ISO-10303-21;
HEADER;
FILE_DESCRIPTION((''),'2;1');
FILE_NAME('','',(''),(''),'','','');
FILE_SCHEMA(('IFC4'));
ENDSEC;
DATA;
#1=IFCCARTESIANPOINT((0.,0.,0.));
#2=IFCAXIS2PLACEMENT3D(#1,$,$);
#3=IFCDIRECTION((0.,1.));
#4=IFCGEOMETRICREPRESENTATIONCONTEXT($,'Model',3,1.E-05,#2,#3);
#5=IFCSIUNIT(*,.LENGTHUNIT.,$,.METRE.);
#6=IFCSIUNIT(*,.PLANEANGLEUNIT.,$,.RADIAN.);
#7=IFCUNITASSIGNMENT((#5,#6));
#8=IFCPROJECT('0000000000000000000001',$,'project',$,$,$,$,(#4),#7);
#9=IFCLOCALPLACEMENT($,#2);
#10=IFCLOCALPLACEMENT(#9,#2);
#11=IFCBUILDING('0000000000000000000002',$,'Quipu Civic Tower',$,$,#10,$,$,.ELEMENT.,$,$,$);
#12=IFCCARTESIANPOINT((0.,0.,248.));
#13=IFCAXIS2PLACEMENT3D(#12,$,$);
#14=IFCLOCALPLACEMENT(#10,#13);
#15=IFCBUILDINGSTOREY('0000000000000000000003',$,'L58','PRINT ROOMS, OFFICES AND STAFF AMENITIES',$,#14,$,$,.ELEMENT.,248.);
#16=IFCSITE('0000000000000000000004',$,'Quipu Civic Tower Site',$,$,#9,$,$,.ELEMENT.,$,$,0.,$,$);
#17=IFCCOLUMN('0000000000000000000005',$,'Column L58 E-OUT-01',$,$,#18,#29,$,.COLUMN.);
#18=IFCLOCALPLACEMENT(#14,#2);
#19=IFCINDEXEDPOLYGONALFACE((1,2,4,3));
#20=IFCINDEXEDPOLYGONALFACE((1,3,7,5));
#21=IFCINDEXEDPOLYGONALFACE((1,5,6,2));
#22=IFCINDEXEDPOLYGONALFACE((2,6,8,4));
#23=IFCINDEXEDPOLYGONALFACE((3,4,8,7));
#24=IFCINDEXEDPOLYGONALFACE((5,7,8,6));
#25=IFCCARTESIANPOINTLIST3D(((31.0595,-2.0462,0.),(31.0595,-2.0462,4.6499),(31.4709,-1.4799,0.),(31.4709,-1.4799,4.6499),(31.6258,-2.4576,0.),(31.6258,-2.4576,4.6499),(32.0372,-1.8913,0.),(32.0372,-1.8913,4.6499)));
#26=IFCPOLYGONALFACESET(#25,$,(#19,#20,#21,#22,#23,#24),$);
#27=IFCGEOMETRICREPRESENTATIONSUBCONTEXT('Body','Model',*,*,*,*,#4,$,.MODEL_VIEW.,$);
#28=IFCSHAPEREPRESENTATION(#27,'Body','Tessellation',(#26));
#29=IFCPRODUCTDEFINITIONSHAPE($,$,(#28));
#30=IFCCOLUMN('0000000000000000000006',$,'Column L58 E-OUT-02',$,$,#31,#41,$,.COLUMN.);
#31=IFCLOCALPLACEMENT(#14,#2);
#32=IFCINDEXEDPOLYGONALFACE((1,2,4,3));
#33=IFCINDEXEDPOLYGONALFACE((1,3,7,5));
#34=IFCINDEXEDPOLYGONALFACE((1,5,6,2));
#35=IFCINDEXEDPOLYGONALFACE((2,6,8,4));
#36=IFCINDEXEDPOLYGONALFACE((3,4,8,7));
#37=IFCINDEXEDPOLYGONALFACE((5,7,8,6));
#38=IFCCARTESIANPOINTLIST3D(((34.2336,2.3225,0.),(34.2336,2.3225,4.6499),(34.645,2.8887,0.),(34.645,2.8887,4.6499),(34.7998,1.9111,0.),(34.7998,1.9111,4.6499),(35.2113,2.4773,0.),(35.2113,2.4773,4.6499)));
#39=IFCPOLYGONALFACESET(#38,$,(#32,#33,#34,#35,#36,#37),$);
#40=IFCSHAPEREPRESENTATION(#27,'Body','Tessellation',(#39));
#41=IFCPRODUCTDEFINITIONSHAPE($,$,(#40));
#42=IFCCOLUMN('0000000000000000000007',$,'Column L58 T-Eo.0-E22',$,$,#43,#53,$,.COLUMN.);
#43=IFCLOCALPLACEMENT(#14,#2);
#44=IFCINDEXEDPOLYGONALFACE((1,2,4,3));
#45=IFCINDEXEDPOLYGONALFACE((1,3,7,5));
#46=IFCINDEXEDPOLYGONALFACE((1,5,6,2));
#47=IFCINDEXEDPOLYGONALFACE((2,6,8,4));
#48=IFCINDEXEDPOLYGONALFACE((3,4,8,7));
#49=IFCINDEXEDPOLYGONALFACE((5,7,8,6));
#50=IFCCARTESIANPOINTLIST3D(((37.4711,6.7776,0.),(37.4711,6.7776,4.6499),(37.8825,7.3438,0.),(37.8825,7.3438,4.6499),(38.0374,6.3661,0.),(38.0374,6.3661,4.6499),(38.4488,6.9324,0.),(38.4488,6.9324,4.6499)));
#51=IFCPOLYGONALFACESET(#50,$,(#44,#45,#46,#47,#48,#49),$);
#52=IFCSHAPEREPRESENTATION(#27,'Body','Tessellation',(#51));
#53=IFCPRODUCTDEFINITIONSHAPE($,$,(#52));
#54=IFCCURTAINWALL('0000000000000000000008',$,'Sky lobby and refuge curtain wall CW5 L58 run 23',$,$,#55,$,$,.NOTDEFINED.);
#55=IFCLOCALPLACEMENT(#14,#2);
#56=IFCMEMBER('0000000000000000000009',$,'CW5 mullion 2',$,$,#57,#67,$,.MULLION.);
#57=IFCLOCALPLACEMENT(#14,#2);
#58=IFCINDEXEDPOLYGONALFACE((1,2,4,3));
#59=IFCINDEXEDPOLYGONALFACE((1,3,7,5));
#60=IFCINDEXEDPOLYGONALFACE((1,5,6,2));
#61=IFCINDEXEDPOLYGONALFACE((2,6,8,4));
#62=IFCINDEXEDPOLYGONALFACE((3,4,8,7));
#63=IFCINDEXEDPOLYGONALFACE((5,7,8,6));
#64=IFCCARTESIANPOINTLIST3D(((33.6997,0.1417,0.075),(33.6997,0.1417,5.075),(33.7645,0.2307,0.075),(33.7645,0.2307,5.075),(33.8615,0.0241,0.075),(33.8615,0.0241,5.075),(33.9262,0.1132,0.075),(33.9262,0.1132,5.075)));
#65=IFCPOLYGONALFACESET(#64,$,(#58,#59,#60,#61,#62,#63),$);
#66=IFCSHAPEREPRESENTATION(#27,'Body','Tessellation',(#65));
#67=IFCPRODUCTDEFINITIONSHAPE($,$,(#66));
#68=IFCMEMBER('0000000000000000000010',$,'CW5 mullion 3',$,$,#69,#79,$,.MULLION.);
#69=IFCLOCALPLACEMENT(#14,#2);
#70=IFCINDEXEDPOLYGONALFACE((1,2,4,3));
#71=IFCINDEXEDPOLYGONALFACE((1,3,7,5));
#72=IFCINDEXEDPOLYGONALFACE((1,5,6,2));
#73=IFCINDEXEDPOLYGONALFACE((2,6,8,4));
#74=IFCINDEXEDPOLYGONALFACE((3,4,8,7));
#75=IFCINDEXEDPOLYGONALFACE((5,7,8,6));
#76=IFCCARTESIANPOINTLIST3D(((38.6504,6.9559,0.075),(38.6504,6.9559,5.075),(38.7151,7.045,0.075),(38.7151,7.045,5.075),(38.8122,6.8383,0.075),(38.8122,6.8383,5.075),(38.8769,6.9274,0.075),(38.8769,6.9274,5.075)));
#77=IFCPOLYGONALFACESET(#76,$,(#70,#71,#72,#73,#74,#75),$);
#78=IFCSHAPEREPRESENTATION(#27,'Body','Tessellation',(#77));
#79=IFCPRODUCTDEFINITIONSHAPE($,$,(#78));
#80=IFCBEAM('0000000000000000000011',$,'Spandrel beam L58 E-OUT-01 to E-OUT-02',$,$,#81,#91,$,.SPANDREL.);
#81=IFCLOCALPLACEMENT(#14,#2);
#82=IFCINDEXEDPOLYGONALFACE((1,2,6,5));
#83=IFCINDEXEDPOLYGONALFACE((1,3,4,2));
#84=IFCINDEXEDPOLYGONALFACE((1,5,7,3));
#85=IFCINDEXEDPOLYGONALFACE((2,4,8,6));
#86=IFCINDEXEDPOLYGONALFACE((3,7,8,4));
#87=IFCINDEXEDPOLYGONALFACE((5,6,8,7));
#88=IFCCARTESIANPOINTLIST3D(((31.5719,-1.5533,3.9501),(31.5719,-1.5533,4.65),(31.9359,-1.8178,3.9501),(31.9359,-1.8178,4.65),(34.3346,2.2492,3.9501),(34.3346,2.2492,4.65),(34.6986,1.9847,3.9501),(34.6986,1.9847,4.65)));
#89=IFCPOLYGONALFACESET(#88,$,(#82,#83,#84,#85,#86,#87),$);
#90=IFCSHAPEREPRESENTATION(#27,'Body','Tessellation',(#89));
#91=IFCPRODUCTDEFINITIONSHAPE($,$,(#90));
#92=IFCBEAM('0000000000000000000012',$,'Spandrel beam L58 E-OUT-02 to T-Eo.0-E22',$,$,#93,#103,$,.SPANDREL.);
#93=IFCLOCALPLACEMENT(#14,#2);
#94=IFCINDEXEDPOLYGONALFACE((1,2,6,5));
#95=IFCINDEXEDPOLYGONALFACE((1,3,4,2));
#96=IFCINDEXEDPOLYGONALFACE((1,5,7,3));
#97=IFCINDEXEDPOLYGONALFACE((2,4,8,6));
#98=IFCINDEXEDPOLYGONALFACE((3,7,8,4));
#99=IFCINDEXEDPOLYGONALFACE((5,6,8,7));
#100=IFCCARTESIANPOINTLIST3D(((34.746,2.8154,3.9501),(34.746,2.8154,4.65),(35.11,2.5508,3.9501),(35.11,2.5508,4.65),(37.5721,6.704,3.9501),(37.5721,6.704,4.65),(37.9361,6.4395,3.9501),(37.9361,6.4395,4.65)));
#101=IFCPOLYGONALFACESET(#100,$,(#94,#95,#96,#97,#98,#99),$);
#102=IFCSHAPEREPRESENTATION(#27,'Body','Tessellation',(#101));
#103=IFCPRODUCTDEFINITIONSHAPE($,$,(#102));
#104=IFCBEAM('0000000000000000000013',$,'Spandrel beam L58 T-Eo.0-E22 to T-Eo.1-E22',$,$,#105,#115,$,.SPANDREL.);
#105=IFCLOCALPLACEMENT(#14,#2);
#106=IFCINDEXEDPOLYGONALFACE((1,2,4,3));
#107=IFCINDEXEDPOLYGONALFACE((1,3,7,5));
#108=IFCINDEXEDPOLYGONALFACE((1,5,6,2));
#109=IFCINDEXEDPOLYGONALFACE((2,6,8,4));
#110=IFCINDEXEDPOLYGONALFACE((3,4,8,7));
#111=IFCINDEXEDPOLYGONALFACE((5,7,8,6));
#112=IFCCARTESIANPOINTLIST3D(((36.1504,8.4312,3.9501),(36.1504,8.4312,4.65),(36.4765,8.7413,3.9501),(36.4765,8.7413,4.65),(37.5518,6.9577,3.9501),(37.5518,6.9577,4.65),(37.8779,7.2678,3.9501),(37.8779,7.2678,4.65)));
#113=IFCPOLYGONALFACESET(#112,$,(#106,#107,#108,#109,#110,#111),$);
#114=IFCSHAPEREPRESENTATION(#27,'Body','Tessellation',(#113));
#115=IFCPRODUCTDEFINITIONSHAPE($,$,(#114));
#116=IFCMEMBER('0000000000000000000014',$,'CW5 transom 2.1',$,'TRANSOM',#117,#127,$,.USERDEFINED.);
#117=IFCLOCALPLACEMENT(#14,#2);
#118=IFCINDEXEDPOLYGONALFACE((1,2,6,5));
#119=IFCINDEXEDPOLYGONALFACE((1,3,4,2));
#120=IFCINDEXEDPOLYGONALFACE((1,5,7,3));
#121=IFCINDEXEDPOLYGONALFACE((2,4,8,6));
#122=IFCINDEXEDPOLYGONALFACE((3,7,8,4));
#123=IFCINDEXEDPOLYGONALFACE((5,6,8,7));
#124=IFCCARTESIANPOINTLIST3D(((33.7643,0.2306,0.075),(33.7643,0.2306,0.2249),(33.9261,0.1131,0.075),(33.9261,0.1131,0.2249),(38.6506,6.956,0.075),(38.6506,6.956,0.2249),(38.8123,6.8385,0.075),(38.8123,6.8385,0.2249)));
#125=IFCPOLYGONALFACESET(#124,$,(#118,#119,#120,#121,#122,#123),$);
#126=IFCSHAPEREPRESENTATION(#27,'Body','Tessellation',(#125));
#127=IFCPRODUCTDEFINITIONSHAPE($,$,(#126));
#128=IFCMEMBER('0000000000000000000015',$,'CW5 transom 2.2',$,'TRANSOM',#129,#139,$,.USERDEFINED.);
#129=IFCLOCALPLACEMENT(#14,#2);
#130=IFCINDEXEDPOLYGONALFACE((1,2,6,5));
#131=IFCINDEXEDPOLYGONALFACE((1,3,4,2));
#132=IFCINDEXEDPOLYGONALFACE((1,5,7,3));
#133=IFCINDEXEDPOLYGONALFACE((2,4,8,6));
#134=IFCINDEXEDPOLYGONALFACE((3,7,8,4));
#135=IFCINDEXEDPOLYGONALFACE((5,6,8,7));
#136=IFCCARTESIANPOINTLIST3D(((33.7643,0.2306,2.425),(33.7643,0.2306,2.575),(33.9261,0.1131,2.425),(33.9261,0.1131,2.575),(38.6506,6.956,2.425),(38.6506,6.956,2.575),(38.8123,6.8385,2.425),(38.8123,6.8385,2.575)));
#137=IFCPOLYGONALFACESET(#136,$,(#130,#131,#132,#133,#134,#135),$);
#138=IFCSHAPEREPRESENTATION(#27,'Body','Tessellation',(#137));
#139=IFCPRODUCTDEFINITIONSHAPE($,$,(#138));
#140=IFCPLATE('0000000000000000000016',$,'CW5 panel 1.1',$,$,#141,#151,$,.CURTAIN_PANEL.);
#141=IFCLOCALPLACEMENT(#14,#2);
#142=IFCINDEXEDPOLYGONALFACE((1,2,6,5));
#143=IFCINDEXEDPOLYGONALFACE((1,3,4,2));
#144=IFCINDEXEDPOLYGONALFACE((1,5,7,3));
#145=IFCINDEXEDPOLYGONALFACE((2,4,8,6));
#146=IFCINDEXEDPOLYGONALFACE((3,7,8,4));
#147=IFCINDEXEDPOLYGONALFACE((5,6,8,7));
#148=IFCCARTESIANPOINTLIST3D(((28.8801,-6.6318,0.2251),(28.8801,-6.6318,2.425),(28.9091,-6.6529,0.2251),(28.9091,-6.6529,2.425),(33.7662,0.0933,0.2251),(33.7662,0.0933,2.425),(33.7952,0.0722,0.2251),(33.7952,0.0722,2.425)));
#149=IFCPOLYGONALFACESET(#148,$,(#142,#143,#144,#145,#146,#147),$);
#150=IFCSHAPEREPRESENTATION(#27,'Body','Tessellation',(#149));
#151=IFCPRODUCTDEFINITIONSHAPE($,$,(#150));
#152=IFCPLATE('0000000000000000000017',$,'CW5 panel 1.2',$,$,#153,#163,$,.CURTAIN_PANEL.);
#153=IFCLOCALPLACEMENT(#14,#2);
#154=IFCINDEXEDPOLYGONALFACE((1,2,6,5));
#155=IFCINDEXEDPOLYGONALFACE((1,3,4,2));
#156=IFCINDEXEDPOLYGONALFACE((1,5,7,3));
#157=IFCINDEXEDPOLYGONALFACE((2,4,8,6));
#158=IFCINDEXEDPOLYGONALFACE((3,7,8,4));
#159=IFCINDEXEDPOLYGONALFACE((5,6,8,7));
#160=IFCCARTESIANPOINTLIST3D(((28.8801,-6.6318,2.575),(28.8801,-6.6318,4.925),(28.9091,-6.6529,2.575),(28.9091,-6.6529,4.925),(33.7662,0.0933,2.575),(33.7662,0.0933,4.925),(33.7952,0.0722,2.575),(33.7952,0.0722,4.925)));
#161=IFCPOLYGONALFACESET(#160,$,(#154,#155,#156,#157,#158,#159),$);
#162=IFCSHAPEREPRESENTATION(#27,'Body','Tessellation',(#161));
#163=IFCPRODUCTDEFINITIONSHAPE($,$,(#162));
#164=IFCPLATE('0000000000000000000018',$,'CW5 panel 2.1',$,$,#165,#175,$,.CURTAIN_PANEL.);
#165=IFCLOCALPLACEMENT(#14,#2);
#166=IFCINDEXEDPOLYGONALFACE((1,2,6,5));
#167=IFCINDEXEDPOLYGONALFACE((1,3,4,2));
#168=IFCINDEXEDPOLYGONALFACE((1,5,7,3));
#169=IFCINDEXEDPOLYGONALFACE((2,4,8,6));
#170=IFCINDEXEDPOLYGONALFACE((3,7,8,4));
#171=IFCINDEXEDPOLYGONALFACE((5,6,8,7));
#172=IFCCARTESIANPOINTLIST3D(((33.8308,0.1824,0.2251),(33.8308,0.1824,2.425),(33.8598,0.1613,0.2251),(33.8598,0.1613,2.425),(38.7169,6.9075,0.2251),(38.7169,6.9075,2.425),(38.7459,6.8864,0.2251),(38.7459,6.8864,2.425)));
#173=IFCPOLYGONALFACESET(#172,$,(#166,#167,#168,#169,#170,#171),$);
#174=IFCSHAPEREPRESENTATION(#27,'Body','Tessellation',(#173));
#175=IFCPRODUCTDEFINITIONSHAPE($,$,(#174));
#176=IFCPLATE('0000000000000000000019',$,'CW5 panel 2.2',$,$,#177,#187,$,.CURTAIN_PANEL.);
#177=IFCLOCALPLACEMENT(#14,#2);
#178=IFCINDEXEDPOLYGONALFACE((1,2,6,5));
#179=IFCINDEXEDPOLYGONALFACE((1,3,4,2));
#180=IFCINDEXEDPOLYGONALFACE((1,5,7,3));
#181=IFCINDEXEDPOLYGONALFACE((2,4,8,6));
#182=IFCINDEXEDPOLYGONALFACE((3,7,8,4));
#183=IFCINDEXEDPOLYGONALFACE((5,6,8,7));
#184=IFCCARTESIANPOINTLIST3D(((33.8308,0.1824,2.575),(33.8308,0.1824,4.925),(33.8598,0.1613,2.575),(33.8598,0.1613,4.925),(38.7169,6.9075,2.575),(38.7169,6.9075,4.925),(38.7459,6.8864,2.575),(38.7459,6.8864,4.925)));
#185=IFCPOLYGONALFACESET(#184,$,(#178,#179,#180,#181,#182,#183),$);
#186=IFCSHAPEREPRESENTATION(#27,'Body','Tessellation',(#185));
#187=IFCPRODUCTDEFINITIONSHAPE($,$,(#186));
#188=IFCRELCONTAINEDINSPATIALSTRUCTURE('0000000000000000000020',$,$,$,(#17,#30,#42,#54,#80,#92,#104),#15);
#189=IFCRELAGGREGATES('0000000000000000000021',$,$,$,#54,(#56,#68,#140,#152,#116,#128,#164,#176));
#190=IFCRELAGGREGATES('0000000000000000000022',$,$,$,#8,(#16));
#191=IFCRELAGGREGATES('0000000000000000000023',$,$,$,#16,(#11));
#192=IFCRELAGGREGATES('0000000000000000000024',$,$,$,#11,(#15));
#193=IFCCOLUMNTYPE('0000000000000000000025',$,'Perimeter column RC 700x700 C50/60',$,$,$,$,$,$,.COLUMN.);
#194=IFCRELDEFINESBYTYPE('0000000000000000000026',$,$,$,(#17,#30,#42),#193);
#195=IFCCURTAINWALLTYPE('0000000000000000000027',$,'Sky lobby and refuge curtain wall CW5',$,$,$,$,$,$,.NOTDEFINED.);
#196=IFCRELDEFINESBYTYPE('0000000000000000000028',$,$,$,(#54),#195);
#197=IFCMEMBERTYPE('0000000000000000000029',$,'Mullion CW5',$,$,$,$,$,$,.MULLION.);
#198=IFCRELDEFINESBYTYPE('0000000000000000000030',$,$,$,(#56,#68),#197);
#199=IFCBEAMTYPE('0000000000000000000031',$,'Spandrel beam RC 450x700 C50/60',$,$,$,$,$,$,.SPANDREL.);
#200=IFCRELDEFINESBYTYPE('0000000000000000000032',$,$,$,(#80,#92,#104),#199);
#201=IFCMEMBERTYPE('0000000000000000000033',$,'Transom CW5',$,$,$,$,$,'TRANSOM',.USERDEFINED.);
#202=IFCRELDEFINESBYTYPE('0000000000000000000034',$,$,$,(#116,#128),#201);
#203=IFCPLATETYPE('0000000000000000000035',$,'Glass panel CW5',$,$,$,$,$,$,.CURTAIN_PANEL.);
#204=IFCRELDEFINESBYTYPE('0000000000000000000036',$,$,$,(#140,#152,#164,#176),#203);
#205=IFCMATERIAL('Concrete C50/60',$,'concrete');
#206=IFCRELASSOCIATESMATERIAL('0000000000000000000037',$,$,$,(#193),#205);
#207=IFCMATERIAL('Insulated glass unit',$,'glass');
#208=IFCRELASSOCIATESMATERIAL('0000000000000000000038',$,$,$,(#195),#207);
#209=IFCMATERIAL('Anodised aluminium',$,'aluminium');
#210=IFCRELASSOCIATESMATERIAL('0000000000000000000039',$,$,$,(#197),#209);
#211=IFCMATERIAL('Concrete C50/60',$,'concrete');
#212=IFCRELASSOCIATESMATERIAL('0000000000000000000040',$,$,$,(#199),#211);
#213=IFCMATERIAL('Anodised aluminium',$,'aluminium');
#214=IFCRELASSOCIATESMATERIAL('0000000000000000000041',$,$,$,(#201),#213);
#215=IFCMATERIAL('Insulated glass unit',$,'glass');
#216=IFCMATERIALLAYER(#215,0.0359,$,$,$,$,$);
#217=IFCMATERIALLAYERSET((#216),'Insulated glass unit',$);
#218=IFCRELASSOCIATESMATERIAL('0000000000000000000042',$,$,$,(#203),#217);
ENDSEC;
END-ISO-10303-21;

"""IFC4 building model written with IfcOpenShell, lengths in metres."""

from ifc_helpers import new_model, si_unit, direction, frame, origin, origin_2d, place, context, subcontext, project, spatial, rectangle, extrude, material, layer, layer_set, material_profile, profile_set, type_object, element, aggregate, save


model = new_model("IFC4")

# Units and contexts
model_context = context("Model", 3, precision=1e-05, world=origin(), true_north=direction((0.0, 1.0)))
body_context = subcontext(model_context, "Body", "Model", "MODEL_VIEW")
ifc_project = project(units=[si_unit("LENGTHUNIT", "METRE"), si_unit("PLANEANGLEUNIT", "RADIAN")], contexts=[model_context])

# Site, building, storey
site_placement = place(None, origin())
site = spatial("IfcSite", under=ifc_project, at=site_placement, Name="Quipu Civic Tower Site", CompositionType="ELEMENT", RefElevation=0.0)
building_placement = place(site_placement, origin())
building = spatial("IfcBuilding", under=site, at=building_placement, Name="Quipu Civic Tower", CompositionType="ELEMENT")
storey_placement = place(building_placement, frame((0.0, 0.0, 248.0)))
storey = spatial("IfcBuildingStorey", under=building, at=storey_placement, Name="L58", Description="PRINT ROOMS, OFFICES AND STAFF AMENITIES", CompositionType="ELEMENT", Elevation=248.0)

# Columns
ifc_material_1 = material(Name="Concrete C50/60", Category="concrete")
ifc_material_profile_1 = material_profile(ifc_material_1, rectangle(XDim=0.7, YDim=0.7, at=origin_2d()), Name="RC700x700")
ifc_profile_set_1 = profile_set([ifc_material_profile_1], Name="Concrete C50/60")
column_type = type_object("IfcColumnType", Name="Perimeter column RC 700x700 C50/60", PredefinedType="COLUMN", material=ifc_profile_set_1)
for number, where, z_axis, x_axis, name in (
    (1, (31.5483, -1.9688, 0.0), (0.0, 0.0, 1.0), (0.587785, 0.809017, 0.0), "Column L58 E-OUT-01"),
    (2, (34.7224, 2.3999, 0.0), (0.0, 0.0, 1.0), (0.587785, 0.809017, 0.0), "Column L58 E-OUT-02"),
    (3, (37.96, 6.855, 0.0), (0.0, 0.0, 1.0), (0.587785, 0.809017, 0.0), "Column L58 T-Eo.0-E22"),
):
    element("IfcColumn", number, at=place(storey_placement, frame(where, z_axis=z_axis, x_axis=x_axis)), inside=storey, type_object=column_type, Name=name, PredefinedType="COLUMN", context=body_context, shape_type="SweptSolid", body=[
        extrude(rectangle(XDim=0.7, YDim=0.7, at=origin_2d()), origin(), (0.0, 0.0, 1.0), 4.6499),
    ])

# Curtain wall, members
ifc_material_2 = material(Name="Insulated glass unit", Category="glass")
curtain_wall_type = type_object("IfcCurtainWallType", Name="Sky lobby and refuge curtain wall CW5", PredefinedType="NOTDEFINED", material=ifc_material_2)
curtain_wall_placement = place(storey_placement, origin())
curtain_wall = element("IfcCurtainWall", 4, at=curtain_wall_placement, inside=storey, type_object=curtain_wall_type, Name="Sky lobby and refuge curtain wall CW5 L58 run 23", PredefinedType="NOTDEFINED")
ifc_material_3 = material(Name="Anodised aluminium", Category="aluminium")
ifc_material_profile_2 = material_profile(ifc_material_3, rectangle(XDim=0.2, YDim=0.1101, at=origin_2d()), Name="RECT 200x110")
ifc_profile_set_2 = profile_set([ifc_material_profile_2], Name="Anodised aluminium")
member_type_1 = type_object("IfcMemberType", Name="Mullion CW5", PredefinedType="MULLION", material=ifc_profile_set_2)
member_1_placement = place(storey_placement, frame((33.813, 0.1274, 0.075), z_axis=(0.0, 0.0, 1.0), x_axis=(-0.809016, 0.587786, 0.0)))
member_1 = element("IfcMember", 5, at=member_1_placement, type_object=member_type_1, Name="CW5 mullion 2", PredefinedType="MULLION", context=body_context, shape_type="SweptSolid", body=[
    extrude(rectangle(XDim=0.2, YDim=0.1101, at=origin_2d()), origin(), (0.0, 0.0, 1.0), 5.0),
])
member_2_placement = place(storey_placement, frame((38.7637, 6.9417, 0.075), z_axis=(0.0, 0.0, 1.0), x_axis=(-0.809016, 0.587786, 0.0)))
member_2 = element("IfcMember", 6, at=member_2_placement, type_object=member_type_1, Name="CW5 mullion 3", PredefinedType="MULLION", context=body_context, shape_type="SweptSolid", body=[
    extrude(rectangle(XDim=0.2, YDim=0.1101, at=origin_2d()), origin(), (0.0, 0.0, 1.0), 5.0),
])

# Beams
ifc_material_4 = material(Name="Concrete C50/60", Category="concrete")
ifc_material_profile_3 = material_profile(ifc_material_4, rectangle(XDim=0.45, YDim=0.7, at=origin_2d()), Name="RC450x700")
ifc_profile_set_3 = profile_set([ifc_material_profile_3], Name="Concrete C50/60")
beam_type = type_object("IfcBeamType", Name="Spandrel beam RC 450x700 C50/60", PredefinedType="SPANDREL", material=ifc_profile_set_3)
beam_1_placement = place(storey_placement, frame((31.7539, -1.6855, 4.3), z_axis=(0.587789, 0.809015, 0.0), x_axis=(-0.809015, 0.587789, 0.0)))
element("IfcBeam", 7, at=beam_1_placement, inside=storey, type_object=beam_type, Name="Spandrel beam L58 E-OUT-01 to E-OUT-02", PredefinedType="SPANDREL", context=body_context, shape_type="SweptSolid", body=[
    extrude(rectangle(XDim=0.45, YDim=0.7, at=origin_2d()), origin(), (0.0, 0.0, 1.0), 4.7002),
])
beam_2_placement = place(storey_placement, frame((34.928, 2.6831, 4.3), z_axis=(0.587906, 0.808929, 0.0), x_axis=(-0.808929, 0.587906, 0.0)))
element("IfcBeam", 8, at=beam_2_placement, inside=storey, type_object=beam_type, Name="Spandrel beam L58 E-OUT-02 to T-Eo.0-E22", PredefinedType="SPANDREL", context=body_context, shape_type="SweptSolid", body=[
    extrude(rectangle(XDim=0.45, YDim=0.7, at=origin_2d()), origin(), (0.0, 0.0, 1.0), 4.8071),
])
beam_3_placement = place(storey_placement, frame((37.7148, 7.1128, 4.3), z_axis=(-0.689175, 0.724595, 0.0), x_axis=(-0.724595, -0.689175, 0.0)))
element("IfcBeam", 9, at=beam_3_placement, inside=storey, type_object=beam_type, Name="Spandrel beam L58 T-Eo.0-E22 to T-Eo.1-E22", PredefinedType="SPANDREL", context=body_context, shape_type="SweptSolid", body=[
    extrude(rectangle(XDim=0.45, YDim=0.7, at=origin_2d()), origin(), (0.0, 0.0, 1.0), 2.0334),
])

# Members
ifc_material_5 = material(Name="Anodised aluminium", Category="aluminium")
ifc_material_profile_4 = material_profile(ifc_material_5, rectangle(XDim=0.2, YDim=0.1499, at=origin_2d()), Name="RECT 200x150")
ifc_profile_set_4 = profile_set([ifc_material_profile_4], Name="Anodised aluminium")
member_type_2 = type_object("IfcMemberType", Name="Transom CW5", ElementType="TRANSOM", PredefinedType="USERDEFINED", material=ifc_profile_set_4)
member_3_placement = place(storey_placement, frame((33.8452, 0.1719, 0.1499), z_axis=(0.587784, 0.809018, 0.0), x_axis=(-0.809018, 0.587784, 0.0)))
member_3 = element("IfcMember", 10, at=member_3_placement, type_object=member_type_2, Name="CW5 transom 2.1", ObjectType="TRANSOM", PredefinedType="USERDEFINED", context=body_context, shape_type="SweptSolid", body=[
    extrude(rectangle(XDim=0.2, YDim=0.1499, at=origin_2d()), origin(), (0.0, 0.0, 1.0), 8.313),
])
member_4_placement = place(storey_placement, frame((33.8452, 0.1719, 2.5), z_axis=(0.587784, 0.809018, 0.0), x_axis=(-0.809018, 0.587784, 0.0)))
member_4 = element("IfcMember", 11, at=member_4_placement, type_object=member_type_2, Name="CW5 transom 2.2", ObjectType="TRANSOM", PredefinedType="USERDEFINED", context=body_context, shape_type="SweptSolid", body=[
    extrude(rectangle(XDim=0.2, YDim=0.1499, at=origin_2d()), origin(), (0.0, 0.0, 1.0), 8.313),
])

# Plates
ifc_material_6 = material(Name="Insulated glass unit", Category="glass")
ifc_layer = layer(ifc_material_6, 0.0359)
ifc_layer_set = layer_set([ifc_layer], Name="Insulated glass unit")
plate_type_1 = type_object("IfcPlateType", Name="Glass panel CW5", PredefinedType="CURTAIN_PANEL", material=ifc_layer_set)
plate_1_placement = place(storey_placement, frame((31.3376, -3.2798, 0.2251), z_axis=(0.0, 0.0, 1.0), x_axis=(0.587786, 0.809016, 0.0)))
plate_1 = element("IfcPlate", 12, at=plate_1_placement, type_object=plate_type_1, Name="CW5 panel 1.1", PredefinedType="CURTAIN_PANEL", context=body_context, shape_type="SweptSolid", body=[
    extrude(rectangle(XDim=8.3127, YDim=0.0359, at=origin_2d()), origin(), (0.0, 0.0, 1.0), 2.2),
])
plate_2_placement = place(storey_placement, frame((31.3376, -3.2798, 2.575), z_axis=(0.0, 0.0, 1.0), x_axis=(0.587786, 0.809016, 0.0)))
plate_2 = element("IfcPlate", 13, at=plate_2_placement, type_object=plate_type_1, Name="CW5 panel 1.2", PredefinedType="CURTAIN_PANEL", context=body_context, shape_type="SweptSolid", body=[
    extrude(rectangle(XDim=8.3127, YDim=0.0359, at=origin_2d()), origin(), (0.0, 0.0, 1.0), 2.3501),
])
plate_3_placement = place(storey_placement, frame((36.2883, 3.5344, 0.2251), z_axis=(0.0, 0.0, 1.0), x_axis=(0.587786, 0.809016, 0.0)))
plate_3 = element("IfcPlate", 14, at=plate_3_placement, type_object=plate_type_1, Name="CW5 panel 2.1", PredefinedType="CURTAIN_PANEL", context=body_context, shape_type="SweptSolid", body=[
    extrude(rectangle(XDim=8.3127, YDim=0.0359, at=origin_2d()), origin(), (0.0, 0.0, 1.0), 2.2),
])
plate_4_placement = place(storey_placement, frame((36.2883, 3.5344, 2.575), z_axis=(0.0, 0.0, 1.0), x_axis=(0.587786, 0.809016, 0.0)))
plate_4 = element("IfcPlate", 15, at=plate_4_placement, type_object=plate_type_1, Name="CW5 panel 2.2", PredefinedType="CURTAIN_PANEL", context=body_context, shape_type="SweptSolid", body=[
    extrude(rectangle(XDim=8.3127, YDim=0.0359, at=origin_2d()), origin(), (0.0, 0.0, 1.0), 2.3501),
])
aggregate(curtain_wall, [member_1, member_2, plate_1, plate_2, member_3, member_4, plate_3, plate_4])

save(model, "model.ifc")
